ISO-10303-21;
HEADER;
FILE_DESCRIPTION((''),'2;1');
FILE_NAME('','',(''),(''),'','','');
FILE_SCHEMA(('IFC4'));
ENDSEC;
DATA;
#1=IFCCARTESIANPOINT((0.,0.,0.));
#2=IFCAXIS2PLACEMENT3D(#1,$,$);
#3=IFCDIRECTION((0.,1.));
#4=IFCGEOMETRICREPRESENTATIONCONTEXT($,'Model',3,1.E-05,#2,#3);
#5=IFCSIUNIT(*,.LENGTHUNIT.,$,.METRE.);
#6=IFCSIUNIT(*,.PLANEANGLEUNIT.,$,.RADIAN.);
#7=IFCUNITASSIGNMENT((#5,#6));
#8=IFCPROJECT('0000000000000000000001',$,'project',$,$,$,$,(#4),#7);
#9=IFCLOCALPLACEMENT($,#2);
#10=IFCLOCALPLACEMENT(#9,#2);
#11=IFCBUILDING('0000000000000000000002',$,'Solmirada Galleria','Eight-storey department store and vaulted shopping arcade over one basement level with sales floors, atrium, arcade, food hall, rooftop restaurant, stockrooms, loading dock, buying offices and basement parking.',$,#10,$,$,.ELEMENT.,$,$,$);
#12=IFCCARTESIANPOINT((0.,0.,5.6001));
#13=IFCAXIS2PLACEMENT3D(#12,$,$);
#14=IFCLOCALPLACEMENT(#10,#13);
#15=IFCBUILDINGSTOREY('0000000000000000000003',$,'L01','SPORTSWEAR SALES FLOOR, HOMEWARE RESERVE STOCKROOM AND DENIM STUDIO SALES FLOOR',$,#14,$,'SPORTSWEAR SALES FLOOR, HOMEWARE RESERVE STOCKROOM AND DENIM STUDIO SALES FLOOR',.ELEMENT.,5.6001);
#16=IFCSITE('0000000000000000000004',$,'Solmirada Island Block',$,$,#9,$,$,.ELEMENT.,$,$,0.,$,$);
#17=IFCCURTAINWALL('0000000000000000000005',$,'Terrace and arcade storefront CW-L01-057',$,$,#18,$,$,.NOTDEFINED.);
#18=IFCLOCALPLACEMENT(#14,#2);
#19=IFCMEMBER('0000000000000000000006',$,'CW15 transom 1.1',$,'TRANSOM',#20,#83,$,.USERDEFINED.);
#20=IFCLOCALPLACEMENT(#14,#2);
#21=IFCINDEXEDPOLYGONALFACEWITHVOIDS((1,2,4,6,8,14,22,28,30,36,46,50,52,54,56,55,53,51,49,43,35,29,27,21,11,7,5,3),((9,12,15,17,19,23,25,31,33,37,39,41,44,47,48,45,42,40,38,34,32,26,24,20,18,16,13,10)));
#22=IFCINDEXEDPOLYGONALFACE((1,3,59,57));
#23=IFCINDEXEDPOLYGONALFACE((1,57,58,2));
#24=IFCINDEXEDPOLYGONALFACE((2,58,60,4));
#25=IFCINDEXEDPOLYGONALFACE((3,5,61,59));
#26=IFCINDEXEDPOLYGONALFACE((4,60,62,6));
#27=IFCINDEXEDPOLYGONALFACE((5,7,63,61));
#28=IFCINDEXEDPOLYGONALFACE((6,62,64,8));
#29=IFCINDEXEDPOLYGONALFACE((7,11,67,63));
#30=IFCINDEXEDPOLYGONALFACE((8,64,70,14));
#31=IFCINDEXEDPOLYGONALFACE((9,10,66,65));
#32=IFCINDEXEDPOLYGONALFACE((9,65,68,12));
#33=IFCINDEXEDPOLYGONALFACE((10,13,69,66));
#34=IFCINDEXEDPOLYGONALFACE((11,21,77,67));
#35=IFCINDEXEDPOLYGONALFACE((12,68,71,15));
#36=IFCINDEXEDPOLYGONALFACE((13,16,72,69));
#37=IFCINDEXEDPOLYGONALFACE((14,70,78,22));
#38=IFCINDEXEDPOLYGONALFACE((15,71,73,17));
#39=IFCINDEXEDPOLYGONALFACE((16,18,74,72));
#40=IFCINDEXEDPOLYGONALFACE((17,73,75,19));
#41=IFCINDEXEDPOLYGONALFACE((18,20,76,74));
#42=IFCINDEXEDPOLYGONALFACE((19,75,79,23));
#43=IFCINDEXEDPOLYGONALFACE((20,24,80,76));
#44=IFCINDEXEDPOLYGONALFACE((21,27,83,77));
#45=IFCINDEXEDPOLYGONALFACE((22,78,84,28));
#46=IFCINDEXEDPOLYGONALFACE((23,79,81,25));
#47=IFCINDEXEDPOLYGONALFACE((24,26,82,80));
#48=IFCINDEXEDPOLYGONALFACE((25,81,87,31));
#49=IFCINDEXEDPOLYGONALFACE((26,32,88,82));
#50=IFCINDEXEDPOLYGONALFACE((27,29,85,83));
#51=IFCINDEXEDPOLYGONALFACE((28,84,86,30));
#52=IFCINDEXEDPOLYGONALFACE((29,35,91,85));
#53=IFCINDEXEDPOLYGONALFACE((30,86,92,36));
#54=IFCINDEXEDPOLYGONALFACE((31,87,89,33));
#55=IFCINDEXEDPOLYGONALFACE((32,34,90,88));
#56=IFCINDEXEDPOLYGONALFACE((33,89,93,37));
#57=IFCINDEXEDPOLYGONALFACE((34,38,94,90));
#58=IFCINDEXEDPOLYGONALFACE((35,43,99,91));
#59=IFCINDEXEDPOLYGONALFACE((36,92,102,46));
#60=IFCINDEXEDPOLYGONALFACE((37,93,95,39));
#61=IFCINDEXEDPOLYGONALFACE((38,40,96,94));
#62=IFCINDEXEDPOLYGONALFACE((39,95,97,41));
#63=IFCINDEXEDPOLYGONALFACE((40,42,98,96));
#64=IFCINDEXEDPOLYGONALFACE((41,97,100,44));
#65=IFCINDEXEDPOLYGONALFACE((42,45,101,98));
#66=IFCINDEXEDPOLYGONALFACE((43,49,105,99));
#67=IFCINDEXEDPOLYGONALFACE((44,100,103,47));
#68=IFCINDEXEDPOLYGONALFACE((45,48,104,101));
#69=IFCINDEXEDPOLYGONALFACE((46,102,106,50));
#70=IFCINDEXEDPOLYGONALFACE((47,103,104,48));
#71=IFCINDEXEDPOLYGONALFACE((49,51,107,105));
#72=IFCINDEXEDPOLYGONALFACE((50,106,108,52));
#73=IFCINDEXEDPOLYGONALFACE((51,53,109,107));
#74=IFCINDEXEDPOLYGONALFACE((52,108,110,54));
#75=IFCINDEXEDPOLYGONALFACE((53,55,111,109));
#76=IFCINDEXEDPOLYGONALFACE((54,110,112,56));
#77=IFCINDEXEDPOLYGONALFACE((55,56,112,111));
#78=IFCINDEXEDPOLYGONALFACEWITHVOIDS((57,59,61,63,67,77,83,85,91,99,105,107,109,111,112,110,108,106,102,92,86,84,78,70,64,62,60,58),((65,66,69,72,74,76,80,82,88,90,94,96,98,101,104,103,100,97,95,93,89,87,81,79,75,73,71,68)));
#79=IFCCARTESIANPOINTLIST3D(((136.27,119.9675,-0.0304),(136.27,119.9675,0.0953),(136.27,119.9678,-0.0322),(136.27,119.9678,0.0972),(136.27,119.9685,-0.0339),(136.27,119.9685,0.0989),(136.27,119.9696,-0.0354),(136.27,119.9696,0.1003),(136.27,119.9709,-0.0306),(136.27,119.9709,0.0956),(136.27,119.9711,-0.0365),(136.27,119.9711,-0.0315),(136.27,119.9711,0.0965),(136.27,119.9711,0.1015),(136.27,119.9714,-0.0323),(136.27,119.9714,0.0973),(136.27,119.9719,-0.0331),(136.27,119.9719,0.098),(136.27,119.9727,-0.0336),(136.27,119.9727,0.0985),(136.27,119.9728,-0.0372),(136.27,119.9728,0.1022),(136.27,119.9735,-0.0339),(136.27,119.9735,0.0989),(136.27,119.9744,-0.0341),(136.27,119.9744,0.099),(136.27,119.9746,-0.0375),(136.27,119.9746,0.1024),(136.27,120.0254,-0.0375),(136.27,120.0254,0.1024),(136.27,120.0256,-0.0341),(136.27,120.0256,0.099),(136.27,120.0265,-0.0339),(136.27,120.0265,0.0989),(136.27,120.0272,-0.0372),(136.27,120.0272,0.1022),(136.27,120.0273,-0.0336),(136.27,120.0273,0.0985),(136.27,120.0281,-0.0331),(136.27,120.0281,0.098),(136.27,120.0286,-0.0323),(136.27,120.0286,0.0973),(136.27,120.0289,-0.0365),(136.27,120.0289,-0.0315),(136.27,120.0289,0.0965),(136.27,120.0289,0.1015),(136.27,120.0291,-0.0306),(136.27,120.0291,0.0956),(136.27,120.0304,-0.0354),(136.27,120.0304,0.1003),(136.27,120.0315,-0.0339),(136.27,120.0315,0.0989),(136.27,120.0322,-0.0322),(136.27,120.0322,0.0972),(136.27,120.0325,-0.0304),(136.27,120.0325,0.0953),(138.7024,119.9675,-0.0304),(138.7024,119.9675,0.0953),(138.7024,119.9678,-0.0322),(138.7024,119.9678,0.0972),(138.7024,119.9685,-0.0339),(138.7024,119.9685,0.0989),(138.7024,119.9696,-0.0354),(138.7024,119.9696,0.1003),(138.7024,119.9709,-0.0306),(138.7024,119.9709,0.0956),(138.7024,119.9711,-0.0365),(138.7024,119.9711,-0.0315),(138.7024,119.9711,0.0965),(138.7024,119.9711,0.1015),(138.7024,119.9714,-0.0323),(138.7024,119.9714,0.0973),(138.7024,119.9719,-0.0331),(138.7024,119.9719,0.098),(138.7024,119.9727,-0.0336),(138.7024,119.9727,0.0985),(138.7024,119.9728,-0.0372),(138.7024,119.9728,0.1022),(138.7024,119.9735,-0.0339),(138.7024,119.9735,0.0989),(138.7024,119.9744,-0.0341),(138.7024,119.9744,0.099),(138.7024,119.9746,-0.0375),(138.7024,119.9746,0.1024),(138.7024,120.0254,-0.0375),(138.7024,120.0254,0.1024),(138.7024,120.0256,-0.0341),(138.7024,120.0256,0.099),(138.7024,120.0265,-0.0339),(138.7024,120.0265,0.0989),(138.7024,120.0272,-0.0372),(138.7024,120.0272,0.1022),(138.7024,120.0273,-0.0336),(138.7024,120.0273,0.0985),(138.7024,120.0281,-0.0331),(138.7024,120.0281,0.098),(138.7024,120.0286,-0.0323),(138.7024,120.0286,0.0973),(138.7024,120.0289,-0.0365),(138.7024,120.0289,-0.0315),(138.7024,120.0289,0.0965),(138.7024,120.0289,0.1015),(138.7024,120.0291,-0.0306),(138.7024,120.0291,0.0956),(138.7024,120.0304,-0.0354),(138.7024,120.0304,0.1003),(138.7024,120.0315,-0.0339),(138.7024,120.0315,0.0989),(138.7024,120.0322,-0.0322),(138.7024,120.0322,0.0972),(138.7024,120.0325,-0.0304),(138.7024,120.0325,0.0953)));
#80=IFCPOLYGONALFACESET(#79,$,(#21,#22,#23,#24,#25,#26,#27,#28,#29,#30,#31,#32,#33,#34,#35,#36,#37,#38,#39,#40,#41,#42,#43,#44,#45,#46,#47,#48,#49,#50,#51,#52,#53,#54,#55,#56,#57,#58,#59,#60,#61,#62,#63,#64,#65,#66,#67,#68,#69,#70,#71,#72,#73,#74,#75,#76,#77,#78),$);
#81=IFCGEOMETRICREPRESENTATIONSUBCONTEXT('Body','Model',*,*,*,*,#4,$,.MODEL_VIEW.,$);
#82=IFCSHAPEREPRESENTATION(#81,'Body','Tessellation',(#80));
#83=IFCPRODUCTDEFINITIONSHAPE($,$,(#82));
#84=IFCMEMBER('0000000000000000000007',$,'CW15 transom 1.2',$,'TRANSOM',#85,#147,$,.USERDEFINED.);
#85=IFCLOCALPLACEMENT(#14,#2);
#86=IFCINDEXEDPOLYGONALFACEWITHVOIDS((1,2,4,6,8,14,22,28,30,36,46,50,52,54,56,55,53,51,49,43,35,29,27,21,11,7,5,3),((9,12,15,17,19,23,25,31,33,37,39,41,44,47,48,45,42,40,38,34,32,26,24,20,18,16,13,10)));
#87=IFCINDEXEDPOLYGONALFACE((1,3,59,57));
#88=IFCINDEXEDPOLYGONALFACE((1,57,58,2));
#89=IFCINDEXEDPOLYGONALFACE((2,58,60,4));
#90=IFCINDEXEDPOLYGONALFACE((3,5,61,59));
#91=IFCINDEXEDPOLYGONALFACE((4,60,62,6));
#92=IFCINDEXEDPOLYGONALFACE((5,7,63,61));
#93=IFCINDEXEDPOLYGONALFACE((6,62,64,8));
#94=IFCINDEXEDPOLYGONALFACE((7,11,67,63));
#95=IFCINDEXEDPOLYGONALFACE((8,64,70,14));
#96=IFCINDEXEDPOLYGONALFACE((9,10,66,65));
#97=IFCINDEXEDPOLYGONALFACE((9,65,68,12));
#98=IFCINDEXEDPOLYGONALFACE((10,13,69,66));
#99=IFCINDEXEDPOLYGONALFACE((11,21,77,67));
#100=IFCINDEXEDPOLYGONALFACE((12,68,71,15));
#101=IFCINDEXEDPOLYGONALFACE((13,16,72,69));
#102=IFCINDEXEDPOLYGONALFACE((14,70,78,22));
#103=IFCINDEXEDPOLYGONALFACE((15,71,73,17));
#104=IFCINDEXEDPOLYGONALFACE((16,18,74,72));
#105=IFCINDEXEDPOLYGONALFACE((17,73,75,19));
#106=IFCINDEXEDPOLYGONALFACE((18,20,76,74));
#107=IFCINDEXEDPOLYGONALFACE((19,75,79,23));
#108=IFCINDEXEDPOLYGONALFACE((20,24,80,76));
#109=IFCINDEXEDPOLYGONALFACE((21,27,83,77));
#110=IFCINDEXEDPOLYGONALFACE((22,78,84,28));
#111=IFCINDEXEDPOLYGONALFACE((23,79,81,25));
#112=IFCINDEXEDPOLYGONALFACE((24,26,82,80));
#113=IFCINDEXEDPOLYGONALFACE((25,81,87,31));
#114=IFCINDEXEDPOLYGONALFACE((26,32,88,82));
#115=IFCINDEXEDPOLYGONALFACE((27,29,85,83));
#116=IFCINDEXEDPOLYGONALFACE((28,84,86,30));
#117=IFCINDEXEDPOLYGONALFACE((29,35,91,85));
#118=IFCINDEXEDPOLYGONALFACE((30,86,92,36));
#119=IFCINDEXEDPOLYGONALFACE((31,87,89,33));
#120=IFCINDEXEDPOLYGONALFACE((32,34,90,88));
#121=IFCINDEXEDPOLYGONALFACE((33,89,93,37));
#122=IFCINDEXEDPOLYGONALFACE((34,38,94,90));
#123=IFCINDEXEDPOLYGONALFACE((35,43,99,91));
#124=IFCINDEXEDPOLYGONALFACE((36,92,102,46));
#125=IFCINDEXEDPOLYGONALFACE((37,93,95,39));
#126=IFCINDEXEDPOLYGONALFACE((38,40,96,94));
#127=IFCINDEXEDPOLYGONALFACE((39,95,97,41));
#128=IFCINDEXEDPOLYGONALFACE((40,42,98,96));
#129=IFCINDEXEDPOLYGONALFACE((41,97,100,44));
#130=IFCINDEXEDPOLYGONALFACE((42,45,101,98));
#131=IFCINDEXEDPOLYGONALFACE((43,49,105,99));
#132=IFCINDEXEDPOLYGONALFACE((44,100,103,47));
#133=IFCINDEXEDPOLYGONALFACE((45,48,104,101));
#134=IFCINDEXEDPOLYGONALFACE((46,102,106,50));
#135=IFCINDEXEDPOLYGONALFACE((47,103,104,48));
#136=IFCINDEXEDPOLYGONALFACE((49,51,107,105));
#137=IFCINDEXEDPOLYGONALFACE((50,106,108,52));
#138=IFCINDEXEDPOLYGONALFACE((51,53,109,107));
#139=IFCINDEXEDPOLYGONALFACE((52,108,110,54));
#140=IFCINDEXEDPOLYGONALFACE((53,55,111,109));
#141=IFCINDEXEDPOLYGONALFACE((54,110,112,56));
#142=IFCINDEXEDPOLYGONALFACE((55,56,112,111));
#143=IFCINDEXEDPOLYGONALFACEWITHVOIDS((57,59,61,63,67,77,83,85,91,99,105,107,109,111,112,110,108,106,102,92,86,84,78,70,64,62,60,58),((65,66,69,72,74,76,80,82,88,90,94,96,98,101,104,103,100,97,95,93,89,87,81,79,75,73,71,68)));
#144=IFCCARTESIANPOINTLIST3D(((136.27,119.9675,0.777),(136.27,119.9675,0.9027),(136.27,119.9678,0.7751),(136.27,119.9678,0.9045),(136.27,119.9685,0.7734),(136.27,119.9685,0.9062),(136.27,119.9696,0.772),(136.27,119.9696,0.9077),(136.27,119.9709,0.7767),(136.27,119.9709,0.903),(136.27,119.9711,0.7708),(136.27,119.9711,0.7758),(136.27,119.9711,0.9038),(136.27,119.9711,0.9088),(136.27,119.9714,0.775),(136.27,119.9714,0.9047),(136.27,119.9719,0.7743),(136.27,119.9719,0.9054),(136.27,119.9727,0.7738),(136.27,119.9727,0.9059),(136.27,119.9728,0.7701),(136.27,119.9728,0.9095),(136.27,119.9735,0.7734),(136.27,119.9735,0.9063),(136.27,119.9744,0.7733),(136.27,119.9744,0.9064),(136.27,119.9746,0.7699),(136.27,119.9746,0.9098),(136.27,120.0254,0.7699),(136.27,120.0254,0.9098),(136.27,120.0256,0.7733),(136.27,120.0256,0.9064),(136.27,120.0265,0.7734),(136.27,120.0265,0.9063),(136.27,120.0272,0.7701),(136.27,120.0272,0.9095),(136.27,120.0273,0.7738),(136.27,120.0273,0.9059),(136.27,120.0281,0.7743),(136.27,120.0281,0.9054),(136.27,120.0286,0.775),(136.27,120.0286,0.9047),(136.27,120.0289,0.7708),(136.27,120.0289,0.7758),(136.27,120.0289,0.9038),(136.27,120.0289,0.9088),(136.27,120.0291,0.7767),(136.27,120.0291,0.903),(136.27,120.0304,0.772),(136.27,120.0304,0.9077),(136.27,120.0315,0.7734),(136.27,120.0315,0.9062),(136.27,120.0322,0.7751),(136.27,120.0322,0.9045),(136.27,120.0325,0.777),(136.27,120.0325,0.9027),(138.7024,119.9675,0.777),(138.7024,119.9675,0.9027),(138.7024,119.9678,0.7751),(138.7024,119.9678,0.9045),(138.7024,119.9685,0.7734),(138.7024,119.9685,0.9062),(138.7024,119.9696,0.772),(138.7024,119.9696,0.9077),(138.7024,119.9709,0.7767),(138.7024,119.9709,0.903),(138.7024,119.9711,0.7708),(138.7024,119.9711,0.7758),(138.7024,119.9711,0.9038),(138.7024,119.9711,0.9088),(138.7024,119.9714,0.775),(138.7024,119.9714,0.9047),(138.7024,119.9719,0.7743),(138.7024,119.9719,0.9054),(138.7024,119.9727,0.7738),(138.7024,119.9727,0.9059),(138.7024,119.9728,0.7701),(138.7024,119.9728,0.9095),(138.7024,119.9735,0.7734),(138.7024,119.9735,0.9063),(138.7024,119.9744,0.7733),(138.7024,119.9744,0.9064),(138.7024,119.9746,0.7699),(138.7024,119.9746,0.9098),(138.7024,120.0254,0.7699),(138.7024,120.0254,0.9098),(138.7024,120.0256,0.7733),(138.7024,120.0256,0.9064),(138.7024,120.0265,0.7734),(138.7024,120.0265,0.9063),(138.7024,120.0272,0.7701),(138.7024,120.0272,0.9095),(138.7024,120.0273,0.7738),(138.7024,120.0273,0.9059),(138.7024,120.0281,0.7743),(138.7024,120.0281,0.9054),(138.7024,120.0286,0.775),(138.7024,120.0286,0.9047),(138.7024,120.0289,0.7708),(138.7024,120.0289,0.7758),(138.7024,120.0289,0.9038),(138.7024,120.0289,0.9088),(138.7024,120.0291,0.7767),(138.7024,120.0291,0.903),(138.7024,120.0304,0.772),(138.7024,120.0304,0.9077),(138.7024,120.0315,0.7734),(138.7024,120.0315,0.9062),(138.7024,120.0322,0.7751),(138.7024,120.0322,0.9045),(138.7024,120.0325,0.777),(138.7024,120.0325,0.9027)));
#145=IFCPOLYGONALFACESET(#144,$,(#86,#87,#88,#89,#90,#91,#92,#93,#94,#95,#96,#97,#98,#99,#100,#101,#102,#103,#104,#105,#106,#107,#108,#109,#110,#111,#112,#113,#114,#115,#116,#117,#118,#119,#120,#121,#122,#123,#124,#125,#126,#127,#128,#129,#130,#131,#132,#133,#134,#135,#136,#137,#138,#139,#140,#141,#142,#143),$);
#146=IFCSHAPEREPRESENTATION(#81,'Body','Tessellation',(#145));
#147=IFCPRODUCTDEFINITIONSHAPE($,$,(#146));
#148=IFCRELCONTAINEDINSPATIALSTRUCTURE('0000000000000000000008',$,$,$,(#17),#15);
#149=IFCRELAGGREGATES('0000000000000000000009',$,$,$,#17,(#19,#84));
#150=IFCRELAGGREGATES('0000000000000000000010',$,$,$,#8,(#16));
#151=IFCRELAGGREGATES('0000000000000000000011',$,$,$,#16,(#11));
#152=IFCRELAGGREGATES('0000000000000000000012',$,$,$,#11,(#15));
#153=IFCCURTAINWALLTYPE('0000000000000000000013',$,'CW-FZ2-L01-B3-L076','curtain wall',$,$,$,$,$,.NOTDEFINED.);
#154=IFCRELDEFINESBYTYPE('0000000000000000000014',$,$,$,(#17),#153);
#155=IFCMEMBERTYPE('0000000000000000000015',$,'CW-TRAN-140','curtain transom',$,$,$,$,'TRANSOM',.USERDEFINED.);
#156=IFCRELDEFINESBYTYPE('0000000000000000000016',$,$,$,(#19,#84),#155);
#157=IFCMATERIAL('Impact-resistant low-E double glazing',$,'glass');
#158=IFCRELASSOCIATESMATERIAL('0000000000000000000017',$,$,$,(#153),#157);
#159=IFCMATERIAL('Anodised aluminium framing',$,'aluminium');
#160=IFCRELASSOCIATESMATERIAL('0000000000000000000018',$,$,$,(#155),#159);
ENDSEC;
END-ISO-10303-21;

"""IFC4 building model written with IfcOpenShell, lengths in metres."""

from ifc_helpers import new_model, si_unit, direction, frame, origin, origin_2d, place, context, subcontext, project, spatial, hollow_rectangle, extrude, material, material_profile, profile_set, type_object, element, aggregate, save


model = new_model("IFC4")

# Units and contexts
model_context = context("Model", 3, precision=1e-05, world=origin(), true_north=direction((0.0, 1.0)))
body_context = subcontext(model_context, "Body", "Model", "MODEL_VIEW")
ifc_project = project(units=[si_unit("LENGTHUNIT", "METRE"), si_unit("PLANEANGLEUNIT", "RADIAN")], contexts=[model_context])

# Site, building, storey
site_placement = place(None, origin())
site = spatial("IfcSite", under=ifc_project, at=site_placement, Name="Solmirada Island Block", CompositionType="ELEMENT", RefElevation=0.0)
building_placement = place(site_placement, origin())
building = spatial("IfcBuilding", under=site, at=building_placement, Name="Solmirada Galleria", Description="Eight-storey department store and vaulted shopping arcade over one basement level with sales floors, atrium, arcade, food hall, rooftop restaurant, stockrooms, loading dock, buying offices and basement parking.", CompositionType="ELEMENT")
storey_placement = place(building_placement, frame((0.0, 0.0, 5.6001)))
storey = spatial("IfcBuildingStorey", under=building, at=storey_placement, Name="L01", Description="SPORTSWEAR SALES FLOOR, HOMEWARE RESERVE STOCKROOM AND DENIM STUDIO SALES FLOOR", LongName="SPORTSWEAR SALES FLOOR, HOMEWARE RESERVE STOCKROOM AND DENIM STUDIO SALES FLOOR", CompositionType="ELEMENT", Elevation=5.6001)

# Curtain wall
ifc_material_1 = material(Name="Impact-resistant low-E double glazing", Category="glass")
curtain_wall_type = type_object("IfcCurtainWallType", Name="CW-FZ2-L01-B3-L076", Description="curtain wall", PredefinedType="NOTDEFINED", material=ifc_material_1)
ifc_material_2 = material(Name="Anodised aluminium framing", Category="aluminium")
curtain_wall_1_placement = place(storey_placement, origin())
curtain_wall_1 = element("IfcCurtainWall", 1, at=curtain_wall_1_placement, inside=storey, type_object=curtain_wall_type, Name="Terrace and arcade storefront CW-L01-057", PredefinedType="NOTDEFINED")

# Members
ifc_material_profile_1 = material_profile(ifc_material_2, hollow_rectangle(XDim=0.0649, YDim=0.1399, WallThickness=0.0034, InnerFilletRadius=0.0034, OuterFilletRadius=0.0071, at=origin_2d()), Name="ALU-TRAN-140X65")
ifc_profile_set_1 = profile_set([ifc_material_profile_1], Name="Anodised aluminium framing")
member_type_1 = type_object("IfcMemberType", Name="CW-TRAN-140", Description="curtain transom", ElementType="TRANSOM", PredefinedType="USERDEFINED", material=ifc_profile_set_1)
member_1_placement = place(storey_placement, frame((136.27, 120.0, 0.0325), z_axis=(1.0, 0.0, 0.0), x_axis=(0.0, 1.0, 0.0)))
member_1 = element("IfcMember", 2, at=member_1_placement, type_object=member_type_1, Name="CW15 transom 1.1", ObjectType="TRANSOM", PredefinedType="USERDEFINED", context=body_context, shape_type="SweptSolid", body=[
    extrude(hollow_rectangle(XDim=0.0649, YDim=0.1399, WallThickness=0.0034, InnerFilletRadius=0.0034, OuterFilletRadius=0.0071, at=origin_2d()), origin(), (0.0, 0.0, 1.0), 2.4324),
])
member_2_placement = place(storey_placement, frame((136.27, 120.0, 0.8398), z_axis=(1.0, 0.0, 0.0), x_axis=(0.0, 1.0, 0.0)))
member_2 = element("IfcMember", 3, at=member_2_placement, type_object=member_type_1, Name="CW15 transom 1.2", ObjectType="TRANSOM", PredefinedType="USERDEFINED", context=body_context, shape_type="SweptSolid", body=[
    extrude(hollow_rectangle(XDim=0.0649, YDim=0.1399, WallThickness=0.0034, InnerFilletRadius=0.0034, OuterFilletRadius=0.0071, at=origin_2d()), origin(), (0.0, 0.0, 1.0), 2.4324),
])

aggregate(curtain_wall_1, [member_1, member_2])

save(model, "model.ifc")
